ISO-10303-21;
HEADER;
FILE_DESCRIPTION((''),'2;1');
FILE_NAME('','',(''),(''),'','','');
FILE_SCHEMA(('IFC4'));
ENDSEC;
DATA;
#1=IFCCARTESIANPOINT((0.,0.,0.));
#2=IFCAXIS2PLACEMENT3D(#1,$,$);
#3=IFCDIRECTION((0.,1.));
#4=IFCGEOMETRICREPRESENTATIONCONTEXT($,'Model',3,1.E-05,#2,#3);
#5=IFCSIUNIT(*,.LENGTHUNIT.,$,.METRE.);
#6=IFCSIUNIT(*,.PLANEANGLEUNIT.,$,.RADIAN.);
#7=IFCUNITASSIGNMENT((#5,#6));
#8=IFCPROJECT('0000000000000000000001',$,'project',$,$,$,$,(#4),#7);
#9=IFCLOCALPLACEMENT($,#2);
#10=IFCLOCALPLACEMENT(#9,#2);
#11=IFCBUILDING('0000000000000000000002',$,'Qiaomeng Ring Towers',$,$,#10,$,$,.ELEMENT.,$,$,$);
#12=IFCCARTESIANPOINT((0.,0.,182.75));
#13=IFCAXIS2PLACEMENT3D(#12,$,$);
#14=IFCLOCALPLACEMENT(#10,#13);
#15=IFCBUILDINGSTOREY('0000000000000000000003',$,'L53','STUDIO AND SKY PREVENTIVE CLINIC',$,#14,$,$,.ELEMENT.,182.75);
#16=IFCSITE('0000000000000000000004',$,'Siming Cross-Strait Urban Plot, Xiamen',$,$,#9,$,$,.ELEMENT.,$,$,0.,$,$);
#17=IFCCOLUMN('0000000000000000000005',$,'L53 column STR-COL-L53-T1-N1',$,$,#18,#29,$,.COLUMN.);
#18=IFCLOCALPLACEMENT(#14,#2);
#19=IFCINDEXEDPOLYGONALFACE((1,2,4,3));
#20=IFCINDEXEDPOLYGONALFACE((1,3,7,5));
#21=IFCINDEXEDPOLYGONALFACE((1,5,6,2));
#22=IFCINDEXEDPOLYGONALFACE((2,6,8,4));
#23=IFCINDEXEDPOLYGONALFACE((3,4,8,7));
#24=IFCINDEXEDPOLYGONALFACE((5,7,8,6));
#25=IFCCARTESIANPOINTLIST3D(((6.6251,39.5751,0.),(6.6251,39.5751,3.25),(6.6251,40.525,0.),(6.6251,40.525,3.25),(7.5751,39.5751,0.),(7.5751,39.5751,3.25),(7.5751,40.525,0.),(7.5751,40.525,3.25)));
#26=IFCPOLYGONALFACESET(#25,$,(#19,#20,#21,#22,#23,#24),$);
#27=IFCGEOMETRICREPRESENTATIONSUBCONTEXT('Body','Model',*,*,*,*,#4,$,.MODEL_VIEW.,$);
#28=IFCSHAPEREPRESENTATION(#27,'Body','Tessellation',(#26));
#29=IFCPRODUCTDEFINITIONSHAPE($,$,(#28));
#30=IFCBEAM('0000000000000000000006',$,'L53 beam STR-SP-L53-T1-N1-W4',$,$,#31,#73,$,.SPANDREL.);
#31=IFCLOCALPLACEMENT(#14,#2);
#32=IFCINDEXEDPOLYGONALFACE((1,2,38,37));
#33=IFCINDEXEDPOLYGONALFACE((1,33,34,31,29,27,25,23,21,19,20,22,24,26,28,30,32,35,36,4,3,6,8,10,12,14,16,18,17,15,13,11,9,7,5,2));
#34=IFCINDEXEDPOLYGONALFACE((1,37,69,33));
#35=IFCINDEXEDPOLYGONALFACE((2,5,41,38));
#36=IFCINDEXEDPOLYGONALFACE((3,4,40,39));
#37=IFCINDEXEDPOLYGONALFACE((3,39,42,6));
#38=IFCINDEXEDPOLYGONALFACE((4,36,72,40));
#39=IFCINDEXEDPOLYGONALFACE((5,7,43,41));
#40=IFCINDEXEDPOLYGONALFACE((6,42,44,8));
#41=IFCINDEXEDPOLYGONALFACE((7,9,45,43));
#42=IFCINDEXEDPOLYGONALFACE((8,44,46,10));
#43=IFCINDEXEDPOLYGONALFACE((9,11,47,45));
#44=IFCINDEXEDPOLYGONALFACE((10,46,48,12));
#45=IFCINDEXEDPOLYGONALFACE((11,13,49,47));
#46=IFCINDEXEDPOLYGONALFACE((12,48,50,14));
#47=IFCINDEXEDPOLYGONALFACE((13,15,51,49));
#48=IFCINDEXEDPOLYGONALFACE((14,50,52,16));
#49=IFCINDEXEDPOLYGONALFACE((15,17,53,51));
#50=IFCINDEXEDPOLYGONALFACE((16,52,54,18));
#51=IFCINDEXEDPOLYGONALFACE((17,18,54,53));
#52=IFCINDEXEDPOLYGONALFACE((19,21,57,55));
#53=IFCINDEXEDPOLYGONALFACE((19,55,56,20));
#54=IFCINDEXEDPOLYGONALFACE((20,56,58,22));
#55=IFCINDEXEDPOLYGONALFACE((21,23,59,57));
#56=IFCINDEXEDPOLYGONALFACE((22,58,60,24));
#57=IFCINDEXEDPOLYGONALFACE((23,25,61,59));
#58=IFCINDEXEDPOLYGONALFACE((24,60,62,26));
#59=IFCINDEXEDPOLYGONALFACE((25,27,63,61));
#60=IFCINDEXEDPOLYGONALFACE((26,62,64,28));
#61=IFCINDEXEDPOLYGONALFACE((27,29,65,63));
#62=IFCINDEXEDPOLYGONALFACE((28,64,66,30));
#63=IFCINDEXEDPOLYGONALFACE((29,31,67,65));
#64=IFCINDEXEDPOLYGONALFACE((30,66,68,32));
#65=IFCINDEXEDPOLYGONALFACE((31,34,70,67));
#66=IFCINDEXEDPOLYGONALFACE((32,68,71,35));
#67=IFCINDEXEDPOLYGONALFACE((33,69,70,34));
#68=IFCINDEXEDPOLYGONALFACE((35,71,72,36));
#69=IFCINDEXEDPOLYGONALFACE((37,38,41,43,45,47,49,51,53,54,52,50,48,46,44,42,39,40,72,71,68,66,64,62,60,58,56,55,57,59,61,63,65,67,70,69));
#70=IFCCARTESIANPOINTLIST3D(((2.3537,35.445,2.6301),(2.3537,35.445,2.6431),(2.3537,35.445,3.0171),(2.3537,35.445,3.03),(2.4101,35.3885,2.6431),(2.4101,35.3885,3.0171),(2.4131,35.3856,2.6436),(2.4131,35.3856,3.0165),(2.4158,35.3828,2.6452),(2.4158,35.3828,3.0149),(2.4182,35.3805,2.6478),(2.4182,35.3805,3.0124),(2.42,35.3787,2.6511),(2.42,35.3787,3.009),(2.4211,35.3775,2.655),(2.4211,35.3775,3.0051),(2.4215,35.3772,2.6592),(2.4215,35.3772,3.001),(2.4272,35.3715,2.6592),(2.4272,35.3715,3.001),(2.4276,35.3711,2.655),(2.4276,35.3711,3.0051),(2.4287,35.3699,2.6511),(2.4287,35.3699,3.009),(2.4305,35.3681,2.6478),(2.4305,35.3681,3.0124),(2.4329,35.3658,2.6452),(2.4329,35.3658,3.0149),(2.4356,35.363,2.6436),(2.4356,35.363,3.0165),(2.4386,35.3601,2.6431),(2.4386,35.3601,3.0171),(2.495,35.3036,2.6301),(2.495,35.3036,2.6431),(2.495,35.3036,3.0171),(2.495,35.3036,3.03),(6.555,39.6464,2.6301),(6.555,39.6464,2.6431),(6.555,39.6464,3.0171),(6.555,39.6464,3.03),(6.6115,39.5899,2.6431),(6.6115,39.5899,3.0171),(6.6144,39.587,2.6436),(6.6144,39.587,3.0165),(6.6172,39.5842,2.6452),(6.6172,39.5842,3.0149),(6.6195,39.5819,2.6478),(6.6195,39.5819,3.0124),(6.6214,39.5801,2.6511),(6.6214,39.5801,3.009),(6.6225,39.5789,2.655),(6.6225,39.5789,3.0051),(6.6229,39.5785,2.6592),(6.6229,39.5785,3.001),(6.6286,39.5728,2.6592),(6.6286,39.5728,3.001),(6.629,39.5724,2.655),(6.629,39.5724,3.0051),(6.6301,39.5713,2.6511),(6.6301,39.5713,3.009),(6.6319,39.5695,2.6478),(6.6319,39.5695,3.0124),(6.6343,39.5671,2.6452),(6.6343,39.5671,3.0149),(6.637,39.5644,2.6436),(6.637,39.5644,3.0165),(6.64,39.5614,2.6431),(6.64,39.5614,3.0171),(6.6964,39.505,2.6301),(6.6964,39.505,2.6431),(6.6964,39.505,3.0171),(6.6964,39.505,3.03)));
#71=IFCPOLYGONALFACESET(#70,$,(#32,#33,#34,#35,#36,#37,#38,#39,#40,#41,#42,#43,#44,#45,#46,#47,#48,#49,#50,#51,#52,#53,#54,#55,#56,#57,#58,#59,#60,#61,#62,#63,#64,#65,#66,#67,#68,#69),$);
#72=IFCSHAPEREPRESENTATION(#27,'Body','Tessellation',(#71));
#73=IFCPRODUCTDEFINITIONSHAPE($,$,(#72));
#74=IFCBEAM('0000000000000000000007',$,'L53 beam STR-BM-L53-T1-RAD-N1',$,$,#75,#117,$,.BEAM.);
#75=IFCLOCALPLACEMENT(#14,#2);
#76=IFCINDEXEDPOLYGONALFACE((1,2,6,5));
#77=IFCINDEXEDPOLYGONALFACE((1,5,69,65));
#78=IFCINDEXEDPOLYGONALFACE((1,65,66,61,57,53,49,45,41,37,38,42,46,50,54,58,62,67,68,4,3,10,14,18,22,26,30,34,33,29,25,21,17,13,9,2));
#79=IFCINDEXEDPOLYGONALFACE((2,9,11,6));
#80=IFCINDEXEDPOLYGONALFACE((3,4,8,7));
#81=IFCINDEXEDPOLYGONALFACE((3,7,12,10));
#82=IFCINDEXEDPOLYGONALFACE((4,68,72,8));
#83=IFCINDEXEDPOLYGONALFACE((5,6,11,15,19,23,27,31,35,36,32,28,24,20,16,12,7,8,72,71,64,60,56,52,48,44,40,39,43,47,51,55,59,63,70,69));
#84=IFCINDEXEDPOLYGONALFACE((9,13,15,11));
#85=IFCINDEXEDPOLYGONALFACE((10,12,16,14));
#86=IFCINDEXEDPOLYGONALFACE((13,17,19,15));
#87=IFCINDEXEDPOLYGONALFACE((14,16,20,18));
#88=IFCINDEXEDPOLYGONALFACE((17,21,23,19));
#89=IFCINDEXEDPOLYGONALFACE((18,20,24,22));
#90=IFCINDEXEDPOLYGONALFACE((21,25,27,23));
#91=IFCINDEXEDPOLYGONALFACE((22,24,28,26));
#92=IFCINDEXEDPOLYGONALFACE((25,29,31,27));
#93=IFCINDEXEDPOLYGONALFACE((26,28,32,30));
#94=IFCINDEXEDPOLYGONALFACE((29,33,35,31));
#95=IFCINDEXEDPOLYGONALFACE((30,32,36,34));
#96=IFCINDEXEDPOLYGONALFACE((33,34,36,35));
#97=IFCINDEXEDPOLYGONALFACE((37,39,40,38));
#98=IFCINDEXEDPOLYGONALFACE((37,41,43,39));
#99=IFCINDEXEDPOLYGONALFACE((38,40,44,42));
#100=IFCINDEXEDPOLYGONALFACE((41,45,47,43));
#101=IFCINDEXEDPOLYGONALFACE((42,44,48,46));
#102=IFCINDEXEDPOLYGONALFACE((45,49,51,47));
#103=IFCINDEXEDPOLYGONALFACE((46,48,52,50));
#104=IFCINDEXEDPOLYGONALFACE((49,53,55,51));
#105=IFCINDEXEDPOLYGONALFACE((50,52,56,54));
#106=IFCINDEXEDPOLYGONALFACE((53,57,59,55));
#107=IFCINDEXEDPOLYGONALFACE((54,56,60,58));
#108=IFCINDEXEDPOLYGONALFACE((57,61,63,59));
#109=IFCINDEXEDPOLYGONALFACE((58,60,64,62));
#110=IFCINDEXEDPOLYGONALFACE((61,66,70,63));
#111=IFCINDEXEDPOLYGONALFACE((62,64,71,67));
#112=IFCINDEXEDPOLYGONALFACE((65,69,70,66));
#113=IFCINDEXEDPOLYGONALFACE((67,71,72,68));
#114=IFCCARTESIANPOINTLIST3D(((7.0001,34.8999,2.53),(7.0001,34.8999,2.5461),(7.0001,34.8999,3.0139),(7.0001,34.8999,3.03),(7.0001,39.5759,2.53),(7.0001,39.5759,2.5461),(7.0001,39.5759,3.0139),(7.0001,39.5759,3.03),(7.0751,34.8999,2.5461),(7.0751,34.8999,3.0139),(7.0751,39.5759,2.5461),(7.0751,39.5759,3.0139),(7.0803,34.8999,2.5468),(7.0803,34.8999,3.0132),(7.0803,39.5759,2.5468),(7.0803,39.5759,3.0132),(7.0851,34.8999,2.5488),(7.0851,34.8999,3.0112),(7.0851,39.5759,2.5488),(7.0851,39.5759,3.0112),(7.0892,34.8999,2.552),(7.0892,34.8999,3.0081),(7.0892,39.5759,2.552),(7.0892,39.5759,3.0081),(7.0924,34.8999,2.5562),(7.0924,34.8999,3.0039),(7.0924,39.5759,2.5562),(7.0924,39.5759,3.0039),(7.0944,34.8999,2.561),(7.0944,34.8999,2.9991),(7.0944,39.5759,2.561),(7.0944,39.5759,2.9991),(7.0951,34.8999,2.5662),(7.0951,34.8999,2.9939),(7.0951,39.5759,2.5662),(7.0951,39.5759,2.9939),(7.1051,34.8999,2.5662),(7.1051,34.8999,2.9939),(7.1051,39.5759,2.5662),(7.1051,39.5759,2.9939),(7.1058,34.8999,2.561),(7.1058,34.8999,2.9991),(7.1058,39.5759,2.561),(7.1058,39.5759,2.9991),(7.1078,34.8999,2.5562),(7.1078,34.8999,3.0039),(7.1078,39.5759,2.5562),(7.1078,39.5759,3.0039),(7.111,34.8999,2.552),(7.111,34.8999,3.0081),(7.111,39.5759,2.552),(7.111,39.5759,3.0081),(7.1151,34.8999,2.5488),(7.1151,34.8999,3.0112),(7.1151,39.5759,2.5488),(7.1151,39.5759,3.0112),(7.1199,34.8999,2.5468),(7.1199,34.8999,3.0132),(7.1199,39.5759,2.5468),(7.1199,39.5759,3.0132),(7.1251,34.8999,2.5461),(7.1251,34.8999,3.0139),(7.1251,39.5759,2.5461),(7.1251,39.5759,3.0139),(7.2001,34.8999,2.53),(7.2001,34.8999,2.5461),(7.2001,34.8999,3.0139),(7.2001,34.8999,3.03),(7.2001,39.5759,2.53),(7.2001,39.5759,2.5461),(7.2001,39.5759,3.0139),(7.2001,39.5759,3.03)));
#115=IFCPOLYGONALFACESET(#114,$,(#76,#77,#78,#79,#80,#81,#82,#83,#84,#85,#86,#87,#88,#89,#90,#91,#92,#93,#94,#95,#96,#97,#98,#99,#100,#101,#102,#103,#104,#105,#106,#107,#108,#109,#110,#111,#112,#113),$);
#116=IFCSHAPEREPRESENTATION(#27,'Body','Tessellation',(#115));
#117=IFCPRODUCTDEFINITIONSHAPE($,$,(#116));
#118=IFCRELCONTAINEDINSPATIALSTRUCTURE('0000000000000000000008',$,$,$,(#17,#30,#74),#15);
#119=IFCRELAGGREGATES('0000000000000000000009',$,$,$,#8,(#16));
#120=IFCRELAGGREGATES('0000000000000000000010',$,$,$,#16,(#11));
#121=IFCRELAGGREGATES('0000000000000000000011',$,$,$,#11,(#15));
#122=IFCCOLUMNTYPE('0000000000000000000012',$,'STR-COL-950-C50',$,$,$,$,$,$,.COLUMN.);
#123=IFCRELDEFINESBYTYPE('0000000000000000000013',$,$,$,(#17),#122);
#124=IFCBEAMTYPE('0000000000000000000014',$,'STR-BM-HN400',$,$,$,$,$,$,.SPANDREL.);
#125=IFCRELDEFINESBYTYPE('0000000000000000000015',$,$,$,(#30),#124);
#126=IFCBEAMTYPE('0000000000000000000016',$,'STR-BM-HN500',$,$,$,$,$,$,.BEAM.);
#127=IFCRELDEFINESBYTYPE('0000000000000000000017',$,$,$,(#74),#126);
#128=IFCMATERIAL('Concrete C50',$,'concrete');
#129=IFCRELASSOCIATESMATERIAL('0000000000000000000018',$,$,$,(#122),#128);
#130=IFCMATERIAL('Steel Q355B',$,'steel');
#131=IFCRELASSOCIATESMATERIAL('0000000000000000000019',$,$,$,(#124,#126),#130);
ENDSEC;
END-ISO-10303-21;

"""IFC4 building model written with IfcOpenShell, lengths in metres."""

from ifc_helpers import new_model, si_unit, direction, frame, origin, origin_2d, place, context, subcontext, project, spatial, rectangle, i_section, extrude, source, transform, mapped, material, material_profile, profile_set, type_object, element, save


model = new_model("IFC4")

# Units and contexts
model_context = context("Model", 3, precision=1e-05, world=origin(), true_north=direction((0.0, 1.0)))
body_context = subcontext(model_context, "Body", "Model", "MODEL_VIEW")
ifc_project = project(units=[si_unit("LENGTHUNIT", "METRE"), si_unit("PLANEANGLEUNIT", "RADIAN")], contexts=[model_context])

# Site, building, storey
site_placement = place(None, origin())
site = spatial("IfcSite", under=ifc_project, at=site_placement, Name="Siming Cross-Strait Urban Plot, Xiamen", CompositionType="ELEMENT", RefElevation=0.0)
building_placement = place(site_placement, origin())
building = spatial("IfcBuilding", under=site, at=building_placement, Name="Qiaomeng Ring Towers", CompositionType="ELEMENT")
storey_placement = place(building_placement, frame((0.0, 0.0, 182.75)))
storey = spatial("IfcBuildingStorey", under=building, at=storey_placement, Name="L53", Description="STUDIO AND SKY PREVENTIVE CLINIC", CompositionType="ELEMENT", Elevation=182.75)

# Column
ifc_material_1 = material(Name="Concrete C50", Category="concrete")
ifc_material_profile_1 = material_profile(ifc_material_1, rectangle(XDim=0.95, YDim=0.95, at=origin_2d()), Name="RC COL 950x950")
ifc_profile_set_1 = profile_set([ifc_material_profile_1], Name="Concrete C50")
column_type = type_object("IfcColumnType", Name="STR-COL-950-C50", PredefinedType="COLUMN", material=ifc_profile_set_1)
shared_shape_1 = source(origin(), body_context, "Body", "SweptSolid", [
    extrude(rectangle(XDim=0.95, YDim=0.95, at=origin_2d()), origin(), (0.0, 0.0, 1.0), 3.25),
])
column_placement = place(storey_placement, frame((7.1001, 40.05, 0.0), z_axis=(0.0, 0.0, 1.0), x_axis=(1.0, 0.0, 0.0)))
element("IfcColumn", 1, at=column_placement, inside=storey, type_object=column_type, Name="L53 column STR-COL-L53-T1-N1", PredefinedType="COLUMN", context=body_context, shape_type="MappedRepresentation", body=[
    mapped(shared_shape_1, transform((0.0, 0.0, 0.0), x_axis=(1.0, 0.0, 0.0), y_axis=(0.0, 1.0, 0.0), z_axis=(0.0, 0.0, 1.0), scale=1.0)),
])

# Beams
ifc_material_2 = material(Name="Steel Q355B", Category="steel")
ifc_material_profile_2 = material_profile(ifc_material_2, i_section(OverallWidth=0.2, OverallDepth=0.3999, WebThickness=0.0081, FlangeThickness=0.0129, FilletRadius=0.0161, at=origin_2d()), Name="HN 400x200x8x13")
ifc_profile_set_2 = profile_set([ifc_material_profile_2], Name="Steel Q355B")
beam_type_1 = type_object("IfcBeamType", Name="STR-BM-HN400", PredefinedType="SPANDREL", material=ifc_profile_set_2)
shared_shape_2 = source(origin(), body_context, "Body", "SweptSolid", [
    extrude(i_section(OverallWidth=0.2, OverallDepth=0.3999, WebThickness=0.0081, FlangeThickness=0.0129, FilletRadius=0.0161, at=origin_2d()), origin(), (0.0, 0.0, 1.0), 5.9417),
])
beam_1_placement = place(storey_placement, frame((6.6257, 39.5757, 2.8301), z_axis=(-0.707107, -0.707107, 0.0), x_axis=(0.707107, -0.707107, 0.0)))
element("IfcBeam", 2, at=beam_1_placement, inside=storey, type_object=beam_type_1, Name="L53 beam STR-SP-L53-T1-N1-W4", PredefinedType="SPANDREL", context=body_context, shape_type="MappedRepresentation", body=[
    mapped(shared_shape_2, transform((0.0, 0.0, 0.0), x_axis=(1.0, 0.0, 0.0), y_axis=(0.0, 1.0, 0.0), z_axis=(0.0, 0.0, 1.0), scale=1.0)),
])
ifc_material_profile_3 = material_profile(ifc_material_2, i_section(OverallWidth=0.2, OverallDepth=0.5, WebThickness=0.01, FlangeThickness=0.0161, FilletRadius=0.02, at=origin_2d()), Name="HN 500x200x10x16")
ifc_profile_set_3 = profile_set([ifc_material_profile_3], Name="Steel Q355B")
beam_type_2 = type_object("IfcBeamType", Name="STR-BM-HN500", PredefinedType="BEAM", material=ifc_profile_set_3)
shared_shape_3 = source(origin(), body_context, "Body", "SweptSolid", [
    extrude(i_section(OverallWidth=0.2, OverallDepth=0.5, WebThickness=0.01, FlangeThickness=0.0161, FilletRadius=0.02, at=origin_2d()), origin(), (0.0, 0.0, 1.0), 4.676),
])
beam_2_placement = place(storey_placement, frame((7.1001, 39.5759, 2.78), z_axis=(0.0, -1.0, 0.0), x_axis=(1.0, 0.0, 0.0)))
element("IfcBeam", 3, at=beam_2_placement, inside=storey, type_object=beam_type_2, Name="L53 beam STR-BM-L53-T1-RAD-N1", PredefinedType="BEAM", context=body_context, shape_type="MappedRepresentation", body=[
    mapped(shared_shape_3, transform((0.0, 0.0, 0.0), x_axis=(1.0, 0.0, 0.0), y_axis=(0.0, 1.0, 0.0), z_axis=(0.0, 0.0, 1.0), scale=1.0)),
])

save(model, "model.ifc")
